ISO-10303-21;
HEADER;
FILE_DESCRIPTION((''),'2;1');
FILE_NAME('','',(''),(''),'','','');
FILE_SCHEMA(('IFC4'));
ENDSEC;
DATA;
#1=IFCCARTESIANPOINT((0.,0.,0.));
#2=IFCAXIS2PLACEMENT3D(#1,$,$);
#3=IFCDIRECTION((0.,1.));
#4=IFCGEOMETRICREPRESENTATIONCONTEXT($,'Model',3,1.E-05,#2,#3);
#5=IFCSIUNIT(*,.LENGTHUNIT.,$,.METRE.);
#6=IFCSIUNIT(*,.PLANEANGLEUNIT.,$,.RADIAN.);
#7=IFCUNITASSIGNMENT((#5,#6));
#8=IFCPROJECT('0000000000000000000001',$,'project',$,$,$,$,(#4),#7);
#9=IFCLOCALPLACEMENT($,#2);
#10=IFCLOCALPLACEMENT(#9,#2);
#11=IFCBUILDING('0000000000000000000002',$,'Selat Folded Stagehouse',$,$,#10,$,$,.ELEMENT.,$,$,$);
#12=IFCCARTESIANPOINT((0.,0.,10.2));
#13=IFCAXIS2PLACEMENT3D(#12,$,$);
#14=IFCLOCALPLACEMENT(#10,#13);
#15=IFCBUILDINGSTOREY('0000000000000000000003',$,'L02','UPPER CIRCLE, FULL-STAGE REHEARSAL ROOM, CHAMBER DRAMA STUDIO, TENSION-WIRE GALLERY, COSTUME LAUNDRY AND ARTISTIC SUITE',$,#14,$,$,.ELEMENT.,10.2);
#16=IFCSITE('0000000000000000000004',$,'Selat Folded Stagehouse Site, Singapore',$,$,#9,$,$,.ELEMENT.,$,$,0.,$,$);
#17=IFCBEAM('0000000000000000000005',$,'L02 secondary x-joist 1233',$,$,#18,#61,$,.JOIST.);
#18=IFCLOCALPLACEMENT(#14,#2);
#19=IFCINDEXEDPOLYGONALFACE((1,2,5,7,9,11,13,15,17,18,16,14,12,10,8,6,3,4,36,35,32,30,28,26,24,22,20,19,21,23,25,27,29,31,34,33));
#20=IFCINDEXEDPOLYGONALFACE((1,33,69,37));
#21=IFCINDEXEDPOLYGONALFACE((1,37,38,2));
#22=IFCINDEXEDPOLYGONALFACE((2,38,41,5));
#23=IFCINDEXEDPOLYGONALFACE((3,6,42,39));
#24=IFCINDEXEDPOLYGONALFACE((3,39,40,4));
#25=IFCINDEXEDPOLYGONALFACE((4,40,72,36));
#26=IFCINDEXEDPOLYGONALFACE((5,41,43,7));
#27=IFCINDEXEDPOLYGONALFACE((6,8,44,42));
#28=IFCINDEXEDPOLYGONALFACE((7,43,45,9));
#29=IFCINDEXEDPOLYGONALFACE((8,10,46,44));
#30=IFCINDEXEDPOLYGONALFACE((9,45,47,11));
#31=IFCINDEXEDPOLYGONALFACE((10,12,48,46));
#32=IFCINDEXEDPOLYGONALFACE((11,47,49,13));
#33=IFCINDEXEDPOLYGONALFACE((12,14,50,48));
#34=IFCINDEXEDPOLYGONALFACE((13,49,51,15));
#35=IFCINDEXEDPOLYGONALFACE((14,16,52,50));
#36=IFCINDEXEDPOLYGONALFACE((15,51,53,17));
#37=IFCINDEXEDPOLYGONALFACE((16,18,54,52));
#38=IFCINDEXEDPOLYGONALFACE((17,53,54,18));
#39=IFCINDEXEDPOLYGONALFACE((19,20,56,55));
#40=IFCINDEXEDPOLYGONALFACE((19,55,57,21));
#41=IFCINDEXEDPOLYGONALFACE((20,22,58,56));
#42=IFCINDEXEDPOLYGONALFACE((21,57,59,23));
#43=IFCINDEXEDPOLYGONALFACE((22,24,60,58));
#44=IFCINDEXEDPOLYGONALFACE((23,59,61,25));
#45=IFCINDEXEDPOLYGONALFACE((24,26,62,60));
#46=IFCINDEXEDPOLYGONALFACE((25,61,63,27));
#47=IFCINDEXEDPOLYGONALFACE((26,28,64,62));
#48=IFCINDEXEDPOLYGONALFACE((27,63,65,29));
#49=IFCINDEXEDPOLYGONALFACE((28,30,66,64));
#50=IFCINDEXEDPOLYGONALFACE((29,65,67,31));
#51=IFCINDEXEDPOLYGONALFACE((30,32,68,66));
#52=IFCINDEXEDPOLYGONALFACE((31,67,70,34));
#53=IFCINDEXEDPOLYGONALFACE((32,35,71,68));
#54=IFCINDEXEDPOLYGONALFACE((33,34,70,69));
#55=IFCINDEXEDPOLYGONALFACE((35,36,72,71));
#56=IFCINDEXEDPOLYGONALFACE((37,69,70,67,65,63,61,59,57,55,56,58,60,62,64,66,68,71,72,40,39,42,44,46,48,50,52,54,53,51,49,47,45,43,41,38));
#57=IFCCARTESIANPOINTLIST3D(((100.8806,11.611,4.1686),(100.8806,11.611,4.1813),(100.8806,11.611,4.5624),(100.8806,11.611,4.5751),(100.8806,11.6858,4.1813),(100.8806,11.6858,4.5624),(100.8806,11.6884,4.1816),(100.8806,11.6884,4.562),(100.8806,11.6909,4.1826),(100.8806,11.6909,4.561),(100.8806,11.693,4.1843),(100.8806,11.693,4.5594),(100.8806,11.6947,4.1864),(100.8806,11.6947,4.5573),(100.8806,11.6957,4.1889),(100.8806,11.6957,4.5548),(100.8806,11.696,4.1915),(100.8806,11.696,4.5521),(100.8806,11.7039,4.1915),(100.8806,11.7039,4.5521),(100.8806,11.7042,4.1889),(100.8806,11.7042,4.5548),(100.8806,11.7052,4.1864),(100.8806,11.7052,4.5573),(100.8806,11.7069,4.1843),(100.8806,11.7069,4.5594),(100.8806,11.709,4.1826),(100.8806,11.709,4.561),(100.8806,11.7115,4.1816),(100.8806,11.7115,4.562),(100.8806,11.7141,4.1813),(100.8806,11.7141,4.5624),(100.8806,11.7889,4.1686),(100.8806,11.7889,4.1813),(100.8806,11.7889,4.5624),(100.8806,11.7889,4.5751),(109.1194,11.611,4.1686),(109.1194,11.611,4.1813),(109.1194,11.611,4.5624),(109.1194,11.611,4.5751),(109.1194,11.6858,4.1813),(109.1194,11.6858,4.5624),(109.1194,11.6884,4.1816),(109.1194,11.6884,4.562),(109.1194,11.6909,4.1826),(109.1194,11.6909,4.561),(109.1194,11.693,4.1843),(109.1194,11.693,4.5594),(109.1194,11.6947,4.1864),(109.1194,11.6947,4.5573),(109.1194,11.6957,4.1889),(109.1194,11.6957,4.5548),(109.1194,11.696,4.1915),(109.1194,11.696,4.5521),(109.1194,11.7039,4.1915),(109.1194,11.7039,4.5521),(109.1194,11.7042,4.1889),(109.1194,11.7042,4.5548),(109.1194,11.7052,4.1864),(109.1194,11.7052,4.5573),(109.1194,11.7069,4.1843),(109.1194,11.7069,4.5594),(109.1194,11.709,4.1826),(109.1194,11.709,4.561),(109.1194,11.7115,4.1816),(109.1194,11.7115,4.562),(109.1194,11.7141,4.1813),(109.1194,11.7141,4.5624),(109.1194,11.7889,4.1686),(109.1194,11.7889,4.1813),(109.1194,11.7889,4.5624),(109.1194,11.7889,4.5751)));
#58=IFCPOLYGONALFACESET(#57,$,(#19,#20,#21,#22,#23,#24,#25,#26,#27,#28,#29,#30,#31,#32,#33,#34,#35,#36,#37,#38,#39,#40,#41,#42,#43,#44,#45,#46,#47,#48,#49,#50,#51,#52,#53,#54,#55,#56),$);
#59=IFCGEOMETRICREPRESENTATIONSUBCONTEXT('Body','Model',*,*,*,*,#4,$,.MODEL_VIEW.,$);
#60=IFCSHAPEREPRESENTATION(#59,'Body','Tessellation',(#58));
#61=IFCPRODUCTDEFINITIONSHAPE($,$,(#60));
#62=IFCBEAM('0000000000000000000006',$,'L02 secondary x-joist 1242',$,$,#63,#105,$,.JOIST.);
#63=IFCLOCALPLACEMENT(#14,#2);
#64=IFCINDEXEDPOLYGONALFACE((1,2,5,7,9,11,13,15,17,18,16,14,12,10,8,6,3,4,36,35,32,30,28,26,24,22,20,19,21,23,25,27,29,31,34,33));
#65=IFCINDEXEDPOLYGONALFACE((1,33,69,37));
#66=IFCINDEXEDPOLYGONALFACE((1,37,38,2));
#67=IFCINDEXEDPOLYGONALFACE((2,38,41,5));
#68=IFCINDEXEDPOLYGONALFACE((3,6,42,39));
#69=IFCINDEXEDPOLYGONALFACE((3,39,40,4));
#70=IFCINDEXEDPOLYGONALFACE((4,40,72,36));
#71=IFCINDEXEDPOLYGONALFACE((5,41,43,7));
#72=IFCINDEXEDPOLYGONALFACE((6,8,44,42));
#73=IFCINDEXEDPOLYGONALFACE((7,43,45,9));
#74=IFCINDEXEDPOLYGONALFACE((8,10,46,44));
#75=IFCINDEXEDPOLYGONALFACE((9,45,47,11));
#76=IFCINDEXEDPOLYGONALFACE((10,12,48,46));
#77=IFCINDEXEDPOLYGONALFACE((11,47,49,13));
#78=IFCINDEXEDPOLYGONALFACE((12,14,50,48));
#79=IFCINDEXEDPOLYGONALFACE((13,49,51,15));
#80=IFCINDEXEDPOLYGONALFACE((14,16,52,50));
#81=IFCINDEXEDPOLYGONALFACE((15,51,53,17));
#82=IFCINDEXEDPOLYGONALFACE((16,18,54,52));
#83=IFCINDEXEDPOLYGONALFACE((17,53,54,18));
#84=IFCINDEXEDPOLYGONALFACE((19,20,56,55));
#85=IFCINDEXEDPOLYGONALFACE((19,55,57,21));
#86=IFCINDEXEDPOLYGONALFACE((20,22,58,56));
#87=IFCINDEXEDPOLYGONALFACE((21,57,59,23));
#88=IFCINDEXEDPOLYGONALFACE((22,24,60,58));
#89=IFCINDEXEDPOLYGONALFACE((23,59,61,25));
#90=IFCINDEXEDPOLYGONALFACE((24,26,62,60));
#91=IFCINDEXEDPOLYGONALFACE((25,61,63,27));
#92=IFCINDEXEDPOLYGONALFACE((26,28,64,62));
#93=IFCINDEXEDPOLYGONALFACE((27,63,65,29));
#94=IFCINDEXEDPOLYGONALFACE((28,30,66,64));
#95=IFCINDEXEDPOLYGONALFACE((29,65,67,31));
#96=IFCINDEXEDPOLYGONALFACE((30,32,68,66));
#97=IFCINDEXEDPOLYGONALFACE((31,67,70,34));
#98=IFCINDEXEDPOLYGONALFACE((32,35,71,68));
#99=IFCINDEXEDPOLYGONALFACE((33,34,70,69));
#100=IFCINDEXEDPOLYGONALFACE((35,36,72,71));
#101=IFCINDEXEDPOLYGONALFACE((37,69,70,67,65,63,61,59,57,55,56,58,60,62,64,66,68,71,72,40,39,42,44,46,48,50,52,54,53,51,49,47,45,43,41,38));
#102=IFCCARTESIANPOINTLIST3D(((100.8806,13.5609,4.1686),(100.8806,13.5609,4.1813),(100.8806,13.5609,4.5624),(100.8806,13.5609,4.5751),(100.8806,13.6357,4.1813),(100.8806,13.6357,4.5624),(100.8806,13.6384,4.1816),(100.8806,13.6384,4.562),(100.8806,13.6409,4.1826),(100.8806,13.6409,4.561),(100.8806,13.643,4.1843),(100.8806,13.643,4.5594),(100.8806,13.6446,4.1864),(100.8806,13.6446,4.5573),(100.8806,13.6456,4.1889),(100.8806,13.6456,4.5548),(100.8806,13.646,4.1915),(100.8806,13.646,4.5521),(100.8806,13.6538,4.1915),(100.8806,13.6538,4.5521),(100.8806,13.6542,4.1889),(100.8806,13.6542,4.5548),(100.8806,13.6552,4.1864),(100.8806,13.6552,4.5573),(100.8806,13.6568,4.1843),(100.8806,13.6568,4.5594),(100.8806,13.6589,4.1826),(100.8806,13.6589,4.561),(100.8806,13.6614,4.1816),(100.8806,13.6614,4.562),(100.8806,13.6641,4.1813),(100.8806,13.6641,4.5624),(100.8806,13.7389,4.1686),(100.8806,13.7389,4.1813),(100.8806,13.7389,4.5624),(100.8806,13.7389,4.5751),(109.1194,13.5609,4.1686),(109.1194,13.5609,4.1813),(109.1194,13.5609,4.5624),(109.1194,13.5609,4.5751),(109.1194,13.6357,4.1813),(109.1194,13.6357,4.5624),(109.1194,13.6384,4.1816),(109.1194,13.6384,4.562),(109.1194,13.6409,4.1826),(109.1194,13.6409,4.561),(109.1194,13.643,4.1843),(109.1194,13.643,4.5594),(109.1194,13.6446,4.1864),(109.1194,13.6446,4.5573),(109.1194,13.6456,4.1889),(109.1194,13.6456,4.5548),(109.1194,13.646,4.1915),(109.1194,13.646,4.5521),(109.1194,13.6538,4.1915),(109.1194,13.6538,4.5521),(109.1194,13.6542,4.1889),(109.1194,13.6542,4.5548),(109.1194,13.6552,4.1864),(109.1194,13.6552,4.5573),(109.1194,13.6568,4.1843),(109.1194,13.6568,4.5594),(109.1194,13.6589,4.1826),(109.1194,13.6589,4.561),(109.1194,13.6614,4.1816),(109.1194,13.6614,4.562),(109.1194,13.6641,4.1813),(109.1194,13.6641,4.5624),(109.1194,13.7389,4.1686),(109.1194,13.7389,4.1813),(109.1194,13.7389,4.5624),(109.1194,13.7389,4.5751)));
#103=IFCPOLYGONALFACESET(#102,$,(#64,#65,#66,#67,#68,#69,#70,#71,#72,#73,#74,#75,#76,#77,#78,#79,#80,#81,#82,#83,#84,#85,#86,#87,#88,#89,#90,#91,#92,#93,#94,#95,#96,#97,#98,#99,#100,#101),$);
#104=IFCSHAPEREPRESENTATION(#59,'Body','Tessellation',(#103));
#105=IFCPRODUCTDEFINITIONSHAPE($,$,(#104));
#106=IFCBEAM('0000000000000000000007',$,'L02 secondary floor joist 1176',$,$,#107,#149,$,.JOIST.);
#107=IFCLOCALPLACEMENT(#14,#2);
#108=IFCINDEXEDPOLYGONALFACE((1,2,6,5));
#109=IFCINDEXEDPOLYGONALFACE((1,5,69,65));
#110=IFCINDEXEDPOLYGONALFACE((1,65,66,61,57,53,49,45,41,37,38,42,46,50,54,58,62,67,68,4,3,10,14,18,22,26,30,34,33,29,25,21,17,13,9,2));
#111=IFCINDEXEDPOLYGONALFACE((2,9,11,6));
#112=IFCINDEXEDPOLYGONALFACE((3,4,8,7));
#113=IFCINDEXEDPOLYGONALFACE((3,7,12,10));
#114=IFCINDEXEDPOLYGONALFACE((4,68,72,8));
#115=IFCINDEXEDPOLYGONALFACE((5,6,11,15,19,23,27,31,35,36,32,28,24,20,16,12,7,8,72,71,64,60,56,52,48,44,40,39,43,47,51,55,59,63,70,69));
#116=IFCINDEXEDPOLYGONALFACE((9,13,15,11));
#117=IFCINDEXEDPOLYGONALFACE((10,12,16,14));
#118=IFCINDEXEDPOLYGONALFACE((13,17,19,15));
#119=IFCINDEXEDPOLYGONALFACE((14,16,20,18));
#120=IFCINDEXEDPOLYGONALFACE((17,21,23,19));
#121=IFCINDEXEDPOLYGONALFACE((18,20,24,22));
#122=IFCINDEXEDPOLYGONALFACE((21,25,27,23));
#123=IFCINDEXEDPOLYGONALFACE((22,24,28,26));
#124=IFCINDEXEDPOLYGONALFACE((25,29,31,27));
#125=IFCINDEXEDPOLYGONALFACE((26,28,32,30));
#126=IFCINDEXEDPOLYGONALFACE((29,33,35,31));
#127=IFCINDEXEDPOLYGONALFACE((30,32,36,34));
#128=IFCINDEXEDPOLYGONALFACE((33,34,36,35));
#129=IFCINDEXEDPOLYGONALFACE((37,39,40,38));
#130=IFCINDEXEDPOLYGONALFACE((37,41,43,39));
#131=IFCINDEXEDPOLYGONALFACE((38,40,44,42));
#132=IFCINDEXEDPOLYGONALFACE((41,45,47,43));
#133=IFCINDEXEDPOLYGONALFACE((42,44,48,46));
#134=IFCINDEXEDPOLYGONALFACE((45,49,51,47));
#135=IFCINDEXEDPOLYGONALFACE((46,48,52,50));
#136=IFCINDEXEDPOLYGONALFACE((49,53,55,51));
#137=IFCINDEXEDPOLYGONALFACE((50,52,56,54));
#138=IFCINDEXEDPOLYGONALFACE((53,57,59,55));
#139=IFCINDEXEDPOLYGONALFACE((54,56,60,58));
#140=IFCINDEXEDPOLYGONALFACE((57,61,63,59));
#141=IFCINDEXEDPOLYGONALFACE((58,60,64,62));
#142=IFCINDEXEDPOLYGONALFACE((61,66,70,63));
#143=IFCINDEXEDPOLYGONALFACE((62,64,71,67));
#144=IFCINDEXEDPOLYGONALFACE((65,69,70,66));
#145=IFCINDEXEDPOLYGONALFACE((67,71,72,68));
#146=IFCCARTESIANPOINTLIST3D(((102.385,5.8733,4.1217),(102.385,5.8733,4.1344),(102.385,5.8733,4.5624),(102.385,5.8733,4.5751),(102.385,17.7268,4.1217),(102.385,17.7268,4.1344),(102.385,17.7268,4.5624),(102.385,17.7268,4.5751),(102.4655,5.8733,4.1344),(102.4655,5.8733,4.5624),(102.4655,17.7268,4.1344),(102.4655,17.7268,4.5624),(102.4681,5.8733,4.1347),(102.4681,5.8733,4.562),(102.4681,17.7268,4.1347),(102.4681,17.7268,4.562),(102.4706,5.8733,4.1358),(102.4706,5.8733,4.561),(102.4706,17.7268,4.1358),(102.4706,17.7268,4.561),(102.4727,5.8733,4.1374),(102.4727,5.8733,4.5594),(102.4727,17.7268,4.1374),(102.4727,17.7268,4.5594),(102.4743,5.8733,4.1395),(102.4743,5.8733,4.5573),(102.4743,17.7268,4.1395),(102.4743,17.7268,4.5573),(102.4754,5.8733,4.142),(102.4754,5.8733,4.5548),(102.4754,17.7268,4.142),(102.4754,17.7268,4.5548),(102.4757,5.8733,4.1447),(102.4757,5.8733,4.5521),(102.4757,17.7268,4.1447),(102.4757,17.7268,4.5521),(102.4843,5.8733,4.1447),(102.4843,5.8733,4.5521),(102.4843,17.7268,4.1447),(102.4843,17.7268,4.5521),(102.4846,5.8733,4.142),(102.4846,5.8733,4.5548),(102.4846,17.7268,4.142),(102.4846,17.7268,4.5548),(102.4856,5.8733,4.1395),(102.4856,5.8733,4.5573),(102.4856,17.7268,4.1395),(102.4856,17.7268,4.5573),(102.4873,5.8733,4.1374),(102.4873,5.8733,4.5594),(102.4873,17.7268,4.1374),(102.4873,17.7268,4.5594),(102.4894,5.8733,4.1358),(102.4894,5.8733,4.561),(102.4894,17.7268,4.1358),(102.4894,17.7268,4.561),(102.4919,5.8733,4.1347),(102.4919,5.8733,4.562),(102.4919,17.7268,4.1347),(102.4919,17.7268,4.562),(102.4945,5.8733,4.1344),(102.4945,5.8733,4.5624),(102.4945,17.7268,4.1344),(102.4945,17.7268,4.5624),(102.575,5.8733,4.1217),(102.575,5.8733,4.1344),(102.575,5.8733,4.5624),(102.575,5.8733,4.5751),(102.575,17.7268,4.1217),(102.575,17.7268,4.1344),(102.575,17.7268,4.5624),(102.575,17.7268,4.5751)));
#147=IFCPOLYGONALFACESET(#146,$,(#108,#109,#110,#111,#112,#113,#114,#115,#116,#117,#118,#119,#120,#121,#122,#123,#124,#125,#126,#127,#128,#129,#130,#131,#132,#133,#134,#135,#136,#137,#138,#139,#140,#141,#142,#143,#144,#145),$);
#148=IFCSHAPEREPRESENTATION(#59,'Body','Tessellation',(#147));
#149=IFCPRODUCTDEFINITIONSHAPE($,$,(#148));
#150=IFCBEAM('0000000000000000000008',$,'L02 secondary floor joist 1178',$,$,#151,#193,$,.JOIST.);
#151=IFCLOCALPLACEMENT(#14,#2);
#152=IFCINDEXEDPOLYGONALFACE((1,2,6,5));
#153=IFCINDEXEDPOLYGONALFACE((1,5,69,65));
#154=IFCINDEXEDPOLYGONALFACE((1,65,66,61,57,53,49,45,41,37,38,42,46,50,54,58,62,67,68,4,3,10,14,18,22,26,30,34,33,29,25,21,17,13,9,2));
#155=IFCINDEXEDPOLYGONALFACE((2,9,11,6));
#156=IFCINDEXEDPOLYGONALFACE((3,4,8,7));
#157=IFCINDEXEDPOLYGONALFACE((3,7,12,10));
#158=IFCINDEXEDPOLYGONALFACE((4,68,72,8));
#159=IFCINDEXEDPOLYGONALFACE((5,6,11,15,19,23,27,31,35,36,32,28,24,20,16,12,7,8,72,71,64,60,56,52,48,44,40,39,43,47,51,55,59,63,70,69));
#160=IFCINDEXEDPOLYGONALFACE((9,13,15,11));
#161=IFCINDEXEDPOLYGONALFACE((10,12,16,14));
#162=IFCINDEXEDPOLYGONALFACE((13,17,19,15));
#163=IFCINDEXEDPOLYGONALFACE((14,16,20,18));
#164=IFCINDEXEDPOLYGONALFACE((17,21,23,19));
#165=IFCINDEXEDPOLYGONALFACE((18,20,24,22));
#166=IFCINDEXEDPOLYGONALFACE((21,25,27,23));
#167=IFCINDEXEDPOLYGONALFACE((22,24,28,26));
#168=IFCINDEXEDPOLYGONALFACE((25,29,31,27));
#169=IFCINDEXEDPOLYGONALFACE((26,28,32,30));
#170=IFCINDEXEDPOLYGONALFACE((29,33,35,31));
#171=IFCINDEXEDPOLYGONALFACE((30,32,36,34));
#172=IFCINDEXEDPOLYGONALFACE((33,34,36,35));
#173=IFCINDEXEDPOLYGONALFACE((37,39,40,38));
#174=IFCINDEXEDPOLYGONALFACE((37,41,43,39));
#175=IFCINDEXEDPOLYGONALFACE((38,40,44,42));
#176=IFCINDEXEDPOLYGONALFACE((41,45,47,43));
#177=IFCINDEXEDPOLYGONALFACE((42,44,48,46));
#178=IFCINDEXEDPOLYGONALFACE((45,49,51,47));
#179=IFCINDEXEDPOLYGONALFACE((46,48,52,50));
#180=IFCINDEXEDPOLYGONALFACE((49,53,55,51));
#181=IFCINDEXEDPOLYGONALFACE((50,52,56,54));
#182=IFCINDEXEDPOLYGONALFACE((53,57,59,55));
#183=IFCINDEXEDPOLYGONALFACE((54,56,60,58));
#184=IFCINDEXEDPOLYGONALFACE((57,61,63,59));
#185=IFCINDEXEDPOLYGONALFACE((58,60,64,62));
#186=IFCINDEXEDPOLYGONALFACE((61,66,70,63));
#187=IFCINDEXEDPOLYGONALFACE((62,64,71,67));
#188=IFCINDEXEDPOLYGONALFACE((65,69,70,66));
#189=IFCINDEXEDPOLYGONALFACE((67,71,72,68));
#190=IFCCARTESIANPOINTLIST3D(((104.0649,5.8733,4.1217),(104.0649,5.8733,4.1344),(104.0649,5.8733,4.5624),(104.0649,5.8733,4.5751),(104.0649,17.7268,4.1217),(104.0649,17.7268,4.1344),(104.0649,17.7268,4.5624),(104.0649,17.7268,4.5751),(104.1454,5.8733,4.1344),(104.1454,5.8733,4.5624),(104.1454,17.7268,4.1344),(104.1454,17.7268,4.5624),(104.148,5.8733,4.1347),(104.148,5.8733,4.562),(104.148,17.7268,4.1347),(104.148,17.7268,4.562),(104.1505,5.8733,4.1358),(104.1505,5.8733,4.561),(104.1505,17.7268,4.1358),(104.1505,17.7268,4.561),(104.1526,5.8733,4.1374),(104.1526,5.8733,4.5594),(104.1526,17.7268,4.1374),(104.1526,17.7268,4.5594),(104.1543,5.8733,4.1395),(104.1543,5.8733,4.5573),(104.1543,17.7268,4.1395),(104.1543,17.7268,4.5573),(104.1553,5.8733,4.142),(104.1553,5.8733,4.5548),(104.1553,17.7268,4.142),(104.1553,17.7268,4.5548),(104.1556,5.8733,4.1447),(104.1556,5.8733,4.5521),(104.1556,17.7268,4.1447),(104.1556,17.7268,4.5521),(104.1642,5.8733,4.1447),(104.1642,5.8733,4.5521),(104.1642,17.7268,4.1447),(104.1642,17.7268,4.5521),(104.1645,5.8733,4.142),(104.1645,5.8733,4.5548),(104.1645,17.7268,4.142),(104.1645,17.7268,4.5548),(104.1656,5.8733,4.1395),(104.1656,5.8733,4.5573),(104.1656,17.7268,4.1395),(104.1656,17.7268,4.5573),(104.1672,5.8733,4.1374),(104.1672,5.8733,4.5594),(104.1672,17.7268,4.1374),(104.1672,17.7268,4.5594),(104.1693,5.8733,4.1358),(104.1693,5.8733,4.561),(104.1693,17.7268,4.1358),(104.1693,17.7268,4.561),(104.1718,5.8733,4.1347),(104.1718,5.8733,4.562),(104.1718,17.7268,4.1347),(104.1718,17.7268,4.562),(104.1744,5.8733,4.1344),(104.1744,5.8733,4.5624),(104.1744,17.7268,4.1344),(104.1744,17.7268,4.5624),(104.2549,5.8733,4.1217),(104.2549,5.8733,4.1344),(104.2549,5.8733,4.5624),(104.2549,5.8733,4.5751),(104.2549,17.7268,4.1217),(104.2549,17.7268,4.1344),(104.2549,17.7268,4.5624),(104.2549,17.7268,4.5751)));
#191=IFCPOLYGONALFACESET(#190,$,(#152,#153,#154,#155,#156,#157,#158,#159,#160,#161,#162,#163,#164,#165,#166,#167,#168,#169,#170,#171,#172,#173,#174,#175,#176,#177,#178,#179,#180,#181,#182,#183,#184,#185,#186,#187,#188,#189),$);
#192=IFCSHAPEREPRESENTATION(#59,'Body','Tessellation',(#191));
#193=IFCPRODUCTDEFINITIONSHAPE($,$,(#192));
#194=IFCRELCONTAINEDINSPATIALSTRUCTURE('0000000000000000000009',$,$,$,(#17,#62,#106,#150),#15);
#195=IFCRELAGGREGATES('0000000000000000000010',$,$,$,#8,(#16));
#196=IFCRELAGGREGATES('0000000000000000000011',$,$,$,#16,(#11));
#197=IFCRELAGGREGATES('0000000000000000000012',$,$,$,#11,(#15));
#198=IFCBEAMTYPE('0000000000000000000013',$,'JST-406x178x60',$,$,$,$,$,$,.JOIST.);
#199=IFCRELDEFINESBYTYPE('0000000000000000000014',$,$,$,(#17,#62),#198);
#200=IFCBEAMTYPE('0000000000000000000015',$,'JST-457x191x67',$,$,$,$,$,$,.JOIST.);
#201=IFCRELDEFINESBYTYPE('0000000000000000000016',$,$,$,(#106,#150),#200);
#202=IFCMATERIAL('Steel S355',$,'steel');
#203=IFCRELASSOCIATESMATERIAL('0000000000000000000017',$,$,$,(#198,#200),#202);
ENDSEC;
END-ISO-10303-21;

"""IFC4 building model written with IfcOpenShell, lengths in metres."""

from ifc_helpers import new_model, si_unit, direction, frame, origin, origin_2d, place, context, subcontext, project, spatial, i_section, extrude, material, material_profile, profile_set, type_object, element, save


model = new_model("IFC4")

# Units and contexts
model_context = context("Model", 3, precision=1e-05, world=origin(), true_north=direction((0.0, 1.0)))
body_context = subcontext(model_context, "Body", "Model", "MODEL_VIEW")
ifc_project = project(units=[si_unit("LENGTHUNIT", "METRE"), si_unit("PLANEANGLEUNIT", "RADIAN")], contexts=[model_context])

# Site, building, storey
site_placement = place(None, origin())
site = spatial("IfcSite", under=ifc_project, at=site_placement, Name="Selat Folded Stagehouse Site, Singapore", CompositionType="ELEMENT", RefElevation=0.0)
building_placement = place(site_placement, origin())
building = spatial("IfcBuilding", under=site, at=building_placement, Name="Selat Folded Stagehouse", CompositionType="ELEMENT")
storey_placement = place(building_placement, frame((0.0, 0.0, 10.2)))
storey = spatial("IfcBuildingStorey", under=building, at=storey_placement, Name="L02", Description="UPPER CIRCLE, FULL-STAGE REHEARSAL ROOM, CHAMBER DRAMA STUDIO, TENSION-WIRE GALLERY, COSTUME LAUNDRY AND ARTISTIC SUITE", CompositionType="ELEMENT", Elevation=10.2)

# Shared definitions
ifc_material_1 = material(Name="Steel S355", Category="steel")

# Beams
ifc_material_profile_1 = material_profile(ifc_material_1, i_section(OverallWidth=0.178, OverallDepth=0.4065, WebThickness=0.0078, FlangeThickness=0.0127, FilletRadius=0.0103, at=origin_2d()), Name="UKB 406x178x60")
ifc_profile_set_1 = profile_set([ifc_material_profile_1], Name="Steel S355")
beam_type_1 = type_object("IfcBeamType", Name="JST-406x178x60", PredefinedType="JOIST", material=ifc_profile_set_1)
for number, where, z_axis, x_axis, name in (
    (1, (100.8806, 11.7, 4.3718), (1.0, 0.0, 0.0), (0.0, 1.0, 0.0), "L02 secondary x-joist 1233"),
    (2, (100.8806, 13.6499, 4.3718), (1.0, 0.0, 0.0), (0.0, 1.0, 0.0), "L02 secondary x-joist 1242"),
):
    element("IfcBeam", number, at=place(storey_placement, frame(where, z_axis=z_axis, x_axis=x_axis)), inside=storey, type_object=beam_type_1, Name=name, PredefinedType="JOIST", context=body_context, shape_type="SweptSolid", body=[
        extrude(i_section(OverallWidth=0.178, OverallDepth=0.4065, WebThickness=0.0078, FlangeThickness=0.0127, FilletRadius=0.0103, at=origin_2d()), origin(), (0.0, 0.0, 1.0), 8.2388),
    ])
ifc_material_profile_2 = material_profile(ifc_material_1, i_section(OverallWidth=0.1899, OverallDepth=0.4534, WebThickness=0.0085, FlangeThickness=0.0127, FilletRadius=0.0103, at=origin_2d()), Name="UKB 457x191x67")
ifc_profile_set_2 = profile_set([ifc_material_profile_2], Name="Steel S355")
beam_type_2 = type_object("IfcBeamType", Name="JST-457x191x67", PredefinedType="JOIST", material=ifc_profile_set_2)
for number, where, z_axis, x_axis, name in (
    (3, (102.48, 5.8733, 4.3484), (0.0, 1.0, 0.0), (-1.0, 0.0, 0.0), "L02 secondary floor joist 1176"),
    (4, (104.1599, 5.8733, 4.3484), (0.0, 1.0, 0.0), (-1.0, 0.0, 0.0), "L02 secondary floor joist 1178"),
):
    element("IfcBeam", number, at=place(storey_placement, frame(where, z_axis=z_axis, x_axis=x_axis)), inside=storey, type_object=beam_type_2, Name=name, PredefinedType="JOIST", context=body_context, shape_type="SweptSolid", body=[
        extrude(i_section(OverallWidth=0.1899, OverallDepth=0.4534, WebThickness=0.0085, FlangeThickness=0.0127, FilletRadius=0.0103, at=origin_2d()), origin(), (0.0, 0.0, 1.0), 11.8535),
    ])

save(model, "model.ifc")
